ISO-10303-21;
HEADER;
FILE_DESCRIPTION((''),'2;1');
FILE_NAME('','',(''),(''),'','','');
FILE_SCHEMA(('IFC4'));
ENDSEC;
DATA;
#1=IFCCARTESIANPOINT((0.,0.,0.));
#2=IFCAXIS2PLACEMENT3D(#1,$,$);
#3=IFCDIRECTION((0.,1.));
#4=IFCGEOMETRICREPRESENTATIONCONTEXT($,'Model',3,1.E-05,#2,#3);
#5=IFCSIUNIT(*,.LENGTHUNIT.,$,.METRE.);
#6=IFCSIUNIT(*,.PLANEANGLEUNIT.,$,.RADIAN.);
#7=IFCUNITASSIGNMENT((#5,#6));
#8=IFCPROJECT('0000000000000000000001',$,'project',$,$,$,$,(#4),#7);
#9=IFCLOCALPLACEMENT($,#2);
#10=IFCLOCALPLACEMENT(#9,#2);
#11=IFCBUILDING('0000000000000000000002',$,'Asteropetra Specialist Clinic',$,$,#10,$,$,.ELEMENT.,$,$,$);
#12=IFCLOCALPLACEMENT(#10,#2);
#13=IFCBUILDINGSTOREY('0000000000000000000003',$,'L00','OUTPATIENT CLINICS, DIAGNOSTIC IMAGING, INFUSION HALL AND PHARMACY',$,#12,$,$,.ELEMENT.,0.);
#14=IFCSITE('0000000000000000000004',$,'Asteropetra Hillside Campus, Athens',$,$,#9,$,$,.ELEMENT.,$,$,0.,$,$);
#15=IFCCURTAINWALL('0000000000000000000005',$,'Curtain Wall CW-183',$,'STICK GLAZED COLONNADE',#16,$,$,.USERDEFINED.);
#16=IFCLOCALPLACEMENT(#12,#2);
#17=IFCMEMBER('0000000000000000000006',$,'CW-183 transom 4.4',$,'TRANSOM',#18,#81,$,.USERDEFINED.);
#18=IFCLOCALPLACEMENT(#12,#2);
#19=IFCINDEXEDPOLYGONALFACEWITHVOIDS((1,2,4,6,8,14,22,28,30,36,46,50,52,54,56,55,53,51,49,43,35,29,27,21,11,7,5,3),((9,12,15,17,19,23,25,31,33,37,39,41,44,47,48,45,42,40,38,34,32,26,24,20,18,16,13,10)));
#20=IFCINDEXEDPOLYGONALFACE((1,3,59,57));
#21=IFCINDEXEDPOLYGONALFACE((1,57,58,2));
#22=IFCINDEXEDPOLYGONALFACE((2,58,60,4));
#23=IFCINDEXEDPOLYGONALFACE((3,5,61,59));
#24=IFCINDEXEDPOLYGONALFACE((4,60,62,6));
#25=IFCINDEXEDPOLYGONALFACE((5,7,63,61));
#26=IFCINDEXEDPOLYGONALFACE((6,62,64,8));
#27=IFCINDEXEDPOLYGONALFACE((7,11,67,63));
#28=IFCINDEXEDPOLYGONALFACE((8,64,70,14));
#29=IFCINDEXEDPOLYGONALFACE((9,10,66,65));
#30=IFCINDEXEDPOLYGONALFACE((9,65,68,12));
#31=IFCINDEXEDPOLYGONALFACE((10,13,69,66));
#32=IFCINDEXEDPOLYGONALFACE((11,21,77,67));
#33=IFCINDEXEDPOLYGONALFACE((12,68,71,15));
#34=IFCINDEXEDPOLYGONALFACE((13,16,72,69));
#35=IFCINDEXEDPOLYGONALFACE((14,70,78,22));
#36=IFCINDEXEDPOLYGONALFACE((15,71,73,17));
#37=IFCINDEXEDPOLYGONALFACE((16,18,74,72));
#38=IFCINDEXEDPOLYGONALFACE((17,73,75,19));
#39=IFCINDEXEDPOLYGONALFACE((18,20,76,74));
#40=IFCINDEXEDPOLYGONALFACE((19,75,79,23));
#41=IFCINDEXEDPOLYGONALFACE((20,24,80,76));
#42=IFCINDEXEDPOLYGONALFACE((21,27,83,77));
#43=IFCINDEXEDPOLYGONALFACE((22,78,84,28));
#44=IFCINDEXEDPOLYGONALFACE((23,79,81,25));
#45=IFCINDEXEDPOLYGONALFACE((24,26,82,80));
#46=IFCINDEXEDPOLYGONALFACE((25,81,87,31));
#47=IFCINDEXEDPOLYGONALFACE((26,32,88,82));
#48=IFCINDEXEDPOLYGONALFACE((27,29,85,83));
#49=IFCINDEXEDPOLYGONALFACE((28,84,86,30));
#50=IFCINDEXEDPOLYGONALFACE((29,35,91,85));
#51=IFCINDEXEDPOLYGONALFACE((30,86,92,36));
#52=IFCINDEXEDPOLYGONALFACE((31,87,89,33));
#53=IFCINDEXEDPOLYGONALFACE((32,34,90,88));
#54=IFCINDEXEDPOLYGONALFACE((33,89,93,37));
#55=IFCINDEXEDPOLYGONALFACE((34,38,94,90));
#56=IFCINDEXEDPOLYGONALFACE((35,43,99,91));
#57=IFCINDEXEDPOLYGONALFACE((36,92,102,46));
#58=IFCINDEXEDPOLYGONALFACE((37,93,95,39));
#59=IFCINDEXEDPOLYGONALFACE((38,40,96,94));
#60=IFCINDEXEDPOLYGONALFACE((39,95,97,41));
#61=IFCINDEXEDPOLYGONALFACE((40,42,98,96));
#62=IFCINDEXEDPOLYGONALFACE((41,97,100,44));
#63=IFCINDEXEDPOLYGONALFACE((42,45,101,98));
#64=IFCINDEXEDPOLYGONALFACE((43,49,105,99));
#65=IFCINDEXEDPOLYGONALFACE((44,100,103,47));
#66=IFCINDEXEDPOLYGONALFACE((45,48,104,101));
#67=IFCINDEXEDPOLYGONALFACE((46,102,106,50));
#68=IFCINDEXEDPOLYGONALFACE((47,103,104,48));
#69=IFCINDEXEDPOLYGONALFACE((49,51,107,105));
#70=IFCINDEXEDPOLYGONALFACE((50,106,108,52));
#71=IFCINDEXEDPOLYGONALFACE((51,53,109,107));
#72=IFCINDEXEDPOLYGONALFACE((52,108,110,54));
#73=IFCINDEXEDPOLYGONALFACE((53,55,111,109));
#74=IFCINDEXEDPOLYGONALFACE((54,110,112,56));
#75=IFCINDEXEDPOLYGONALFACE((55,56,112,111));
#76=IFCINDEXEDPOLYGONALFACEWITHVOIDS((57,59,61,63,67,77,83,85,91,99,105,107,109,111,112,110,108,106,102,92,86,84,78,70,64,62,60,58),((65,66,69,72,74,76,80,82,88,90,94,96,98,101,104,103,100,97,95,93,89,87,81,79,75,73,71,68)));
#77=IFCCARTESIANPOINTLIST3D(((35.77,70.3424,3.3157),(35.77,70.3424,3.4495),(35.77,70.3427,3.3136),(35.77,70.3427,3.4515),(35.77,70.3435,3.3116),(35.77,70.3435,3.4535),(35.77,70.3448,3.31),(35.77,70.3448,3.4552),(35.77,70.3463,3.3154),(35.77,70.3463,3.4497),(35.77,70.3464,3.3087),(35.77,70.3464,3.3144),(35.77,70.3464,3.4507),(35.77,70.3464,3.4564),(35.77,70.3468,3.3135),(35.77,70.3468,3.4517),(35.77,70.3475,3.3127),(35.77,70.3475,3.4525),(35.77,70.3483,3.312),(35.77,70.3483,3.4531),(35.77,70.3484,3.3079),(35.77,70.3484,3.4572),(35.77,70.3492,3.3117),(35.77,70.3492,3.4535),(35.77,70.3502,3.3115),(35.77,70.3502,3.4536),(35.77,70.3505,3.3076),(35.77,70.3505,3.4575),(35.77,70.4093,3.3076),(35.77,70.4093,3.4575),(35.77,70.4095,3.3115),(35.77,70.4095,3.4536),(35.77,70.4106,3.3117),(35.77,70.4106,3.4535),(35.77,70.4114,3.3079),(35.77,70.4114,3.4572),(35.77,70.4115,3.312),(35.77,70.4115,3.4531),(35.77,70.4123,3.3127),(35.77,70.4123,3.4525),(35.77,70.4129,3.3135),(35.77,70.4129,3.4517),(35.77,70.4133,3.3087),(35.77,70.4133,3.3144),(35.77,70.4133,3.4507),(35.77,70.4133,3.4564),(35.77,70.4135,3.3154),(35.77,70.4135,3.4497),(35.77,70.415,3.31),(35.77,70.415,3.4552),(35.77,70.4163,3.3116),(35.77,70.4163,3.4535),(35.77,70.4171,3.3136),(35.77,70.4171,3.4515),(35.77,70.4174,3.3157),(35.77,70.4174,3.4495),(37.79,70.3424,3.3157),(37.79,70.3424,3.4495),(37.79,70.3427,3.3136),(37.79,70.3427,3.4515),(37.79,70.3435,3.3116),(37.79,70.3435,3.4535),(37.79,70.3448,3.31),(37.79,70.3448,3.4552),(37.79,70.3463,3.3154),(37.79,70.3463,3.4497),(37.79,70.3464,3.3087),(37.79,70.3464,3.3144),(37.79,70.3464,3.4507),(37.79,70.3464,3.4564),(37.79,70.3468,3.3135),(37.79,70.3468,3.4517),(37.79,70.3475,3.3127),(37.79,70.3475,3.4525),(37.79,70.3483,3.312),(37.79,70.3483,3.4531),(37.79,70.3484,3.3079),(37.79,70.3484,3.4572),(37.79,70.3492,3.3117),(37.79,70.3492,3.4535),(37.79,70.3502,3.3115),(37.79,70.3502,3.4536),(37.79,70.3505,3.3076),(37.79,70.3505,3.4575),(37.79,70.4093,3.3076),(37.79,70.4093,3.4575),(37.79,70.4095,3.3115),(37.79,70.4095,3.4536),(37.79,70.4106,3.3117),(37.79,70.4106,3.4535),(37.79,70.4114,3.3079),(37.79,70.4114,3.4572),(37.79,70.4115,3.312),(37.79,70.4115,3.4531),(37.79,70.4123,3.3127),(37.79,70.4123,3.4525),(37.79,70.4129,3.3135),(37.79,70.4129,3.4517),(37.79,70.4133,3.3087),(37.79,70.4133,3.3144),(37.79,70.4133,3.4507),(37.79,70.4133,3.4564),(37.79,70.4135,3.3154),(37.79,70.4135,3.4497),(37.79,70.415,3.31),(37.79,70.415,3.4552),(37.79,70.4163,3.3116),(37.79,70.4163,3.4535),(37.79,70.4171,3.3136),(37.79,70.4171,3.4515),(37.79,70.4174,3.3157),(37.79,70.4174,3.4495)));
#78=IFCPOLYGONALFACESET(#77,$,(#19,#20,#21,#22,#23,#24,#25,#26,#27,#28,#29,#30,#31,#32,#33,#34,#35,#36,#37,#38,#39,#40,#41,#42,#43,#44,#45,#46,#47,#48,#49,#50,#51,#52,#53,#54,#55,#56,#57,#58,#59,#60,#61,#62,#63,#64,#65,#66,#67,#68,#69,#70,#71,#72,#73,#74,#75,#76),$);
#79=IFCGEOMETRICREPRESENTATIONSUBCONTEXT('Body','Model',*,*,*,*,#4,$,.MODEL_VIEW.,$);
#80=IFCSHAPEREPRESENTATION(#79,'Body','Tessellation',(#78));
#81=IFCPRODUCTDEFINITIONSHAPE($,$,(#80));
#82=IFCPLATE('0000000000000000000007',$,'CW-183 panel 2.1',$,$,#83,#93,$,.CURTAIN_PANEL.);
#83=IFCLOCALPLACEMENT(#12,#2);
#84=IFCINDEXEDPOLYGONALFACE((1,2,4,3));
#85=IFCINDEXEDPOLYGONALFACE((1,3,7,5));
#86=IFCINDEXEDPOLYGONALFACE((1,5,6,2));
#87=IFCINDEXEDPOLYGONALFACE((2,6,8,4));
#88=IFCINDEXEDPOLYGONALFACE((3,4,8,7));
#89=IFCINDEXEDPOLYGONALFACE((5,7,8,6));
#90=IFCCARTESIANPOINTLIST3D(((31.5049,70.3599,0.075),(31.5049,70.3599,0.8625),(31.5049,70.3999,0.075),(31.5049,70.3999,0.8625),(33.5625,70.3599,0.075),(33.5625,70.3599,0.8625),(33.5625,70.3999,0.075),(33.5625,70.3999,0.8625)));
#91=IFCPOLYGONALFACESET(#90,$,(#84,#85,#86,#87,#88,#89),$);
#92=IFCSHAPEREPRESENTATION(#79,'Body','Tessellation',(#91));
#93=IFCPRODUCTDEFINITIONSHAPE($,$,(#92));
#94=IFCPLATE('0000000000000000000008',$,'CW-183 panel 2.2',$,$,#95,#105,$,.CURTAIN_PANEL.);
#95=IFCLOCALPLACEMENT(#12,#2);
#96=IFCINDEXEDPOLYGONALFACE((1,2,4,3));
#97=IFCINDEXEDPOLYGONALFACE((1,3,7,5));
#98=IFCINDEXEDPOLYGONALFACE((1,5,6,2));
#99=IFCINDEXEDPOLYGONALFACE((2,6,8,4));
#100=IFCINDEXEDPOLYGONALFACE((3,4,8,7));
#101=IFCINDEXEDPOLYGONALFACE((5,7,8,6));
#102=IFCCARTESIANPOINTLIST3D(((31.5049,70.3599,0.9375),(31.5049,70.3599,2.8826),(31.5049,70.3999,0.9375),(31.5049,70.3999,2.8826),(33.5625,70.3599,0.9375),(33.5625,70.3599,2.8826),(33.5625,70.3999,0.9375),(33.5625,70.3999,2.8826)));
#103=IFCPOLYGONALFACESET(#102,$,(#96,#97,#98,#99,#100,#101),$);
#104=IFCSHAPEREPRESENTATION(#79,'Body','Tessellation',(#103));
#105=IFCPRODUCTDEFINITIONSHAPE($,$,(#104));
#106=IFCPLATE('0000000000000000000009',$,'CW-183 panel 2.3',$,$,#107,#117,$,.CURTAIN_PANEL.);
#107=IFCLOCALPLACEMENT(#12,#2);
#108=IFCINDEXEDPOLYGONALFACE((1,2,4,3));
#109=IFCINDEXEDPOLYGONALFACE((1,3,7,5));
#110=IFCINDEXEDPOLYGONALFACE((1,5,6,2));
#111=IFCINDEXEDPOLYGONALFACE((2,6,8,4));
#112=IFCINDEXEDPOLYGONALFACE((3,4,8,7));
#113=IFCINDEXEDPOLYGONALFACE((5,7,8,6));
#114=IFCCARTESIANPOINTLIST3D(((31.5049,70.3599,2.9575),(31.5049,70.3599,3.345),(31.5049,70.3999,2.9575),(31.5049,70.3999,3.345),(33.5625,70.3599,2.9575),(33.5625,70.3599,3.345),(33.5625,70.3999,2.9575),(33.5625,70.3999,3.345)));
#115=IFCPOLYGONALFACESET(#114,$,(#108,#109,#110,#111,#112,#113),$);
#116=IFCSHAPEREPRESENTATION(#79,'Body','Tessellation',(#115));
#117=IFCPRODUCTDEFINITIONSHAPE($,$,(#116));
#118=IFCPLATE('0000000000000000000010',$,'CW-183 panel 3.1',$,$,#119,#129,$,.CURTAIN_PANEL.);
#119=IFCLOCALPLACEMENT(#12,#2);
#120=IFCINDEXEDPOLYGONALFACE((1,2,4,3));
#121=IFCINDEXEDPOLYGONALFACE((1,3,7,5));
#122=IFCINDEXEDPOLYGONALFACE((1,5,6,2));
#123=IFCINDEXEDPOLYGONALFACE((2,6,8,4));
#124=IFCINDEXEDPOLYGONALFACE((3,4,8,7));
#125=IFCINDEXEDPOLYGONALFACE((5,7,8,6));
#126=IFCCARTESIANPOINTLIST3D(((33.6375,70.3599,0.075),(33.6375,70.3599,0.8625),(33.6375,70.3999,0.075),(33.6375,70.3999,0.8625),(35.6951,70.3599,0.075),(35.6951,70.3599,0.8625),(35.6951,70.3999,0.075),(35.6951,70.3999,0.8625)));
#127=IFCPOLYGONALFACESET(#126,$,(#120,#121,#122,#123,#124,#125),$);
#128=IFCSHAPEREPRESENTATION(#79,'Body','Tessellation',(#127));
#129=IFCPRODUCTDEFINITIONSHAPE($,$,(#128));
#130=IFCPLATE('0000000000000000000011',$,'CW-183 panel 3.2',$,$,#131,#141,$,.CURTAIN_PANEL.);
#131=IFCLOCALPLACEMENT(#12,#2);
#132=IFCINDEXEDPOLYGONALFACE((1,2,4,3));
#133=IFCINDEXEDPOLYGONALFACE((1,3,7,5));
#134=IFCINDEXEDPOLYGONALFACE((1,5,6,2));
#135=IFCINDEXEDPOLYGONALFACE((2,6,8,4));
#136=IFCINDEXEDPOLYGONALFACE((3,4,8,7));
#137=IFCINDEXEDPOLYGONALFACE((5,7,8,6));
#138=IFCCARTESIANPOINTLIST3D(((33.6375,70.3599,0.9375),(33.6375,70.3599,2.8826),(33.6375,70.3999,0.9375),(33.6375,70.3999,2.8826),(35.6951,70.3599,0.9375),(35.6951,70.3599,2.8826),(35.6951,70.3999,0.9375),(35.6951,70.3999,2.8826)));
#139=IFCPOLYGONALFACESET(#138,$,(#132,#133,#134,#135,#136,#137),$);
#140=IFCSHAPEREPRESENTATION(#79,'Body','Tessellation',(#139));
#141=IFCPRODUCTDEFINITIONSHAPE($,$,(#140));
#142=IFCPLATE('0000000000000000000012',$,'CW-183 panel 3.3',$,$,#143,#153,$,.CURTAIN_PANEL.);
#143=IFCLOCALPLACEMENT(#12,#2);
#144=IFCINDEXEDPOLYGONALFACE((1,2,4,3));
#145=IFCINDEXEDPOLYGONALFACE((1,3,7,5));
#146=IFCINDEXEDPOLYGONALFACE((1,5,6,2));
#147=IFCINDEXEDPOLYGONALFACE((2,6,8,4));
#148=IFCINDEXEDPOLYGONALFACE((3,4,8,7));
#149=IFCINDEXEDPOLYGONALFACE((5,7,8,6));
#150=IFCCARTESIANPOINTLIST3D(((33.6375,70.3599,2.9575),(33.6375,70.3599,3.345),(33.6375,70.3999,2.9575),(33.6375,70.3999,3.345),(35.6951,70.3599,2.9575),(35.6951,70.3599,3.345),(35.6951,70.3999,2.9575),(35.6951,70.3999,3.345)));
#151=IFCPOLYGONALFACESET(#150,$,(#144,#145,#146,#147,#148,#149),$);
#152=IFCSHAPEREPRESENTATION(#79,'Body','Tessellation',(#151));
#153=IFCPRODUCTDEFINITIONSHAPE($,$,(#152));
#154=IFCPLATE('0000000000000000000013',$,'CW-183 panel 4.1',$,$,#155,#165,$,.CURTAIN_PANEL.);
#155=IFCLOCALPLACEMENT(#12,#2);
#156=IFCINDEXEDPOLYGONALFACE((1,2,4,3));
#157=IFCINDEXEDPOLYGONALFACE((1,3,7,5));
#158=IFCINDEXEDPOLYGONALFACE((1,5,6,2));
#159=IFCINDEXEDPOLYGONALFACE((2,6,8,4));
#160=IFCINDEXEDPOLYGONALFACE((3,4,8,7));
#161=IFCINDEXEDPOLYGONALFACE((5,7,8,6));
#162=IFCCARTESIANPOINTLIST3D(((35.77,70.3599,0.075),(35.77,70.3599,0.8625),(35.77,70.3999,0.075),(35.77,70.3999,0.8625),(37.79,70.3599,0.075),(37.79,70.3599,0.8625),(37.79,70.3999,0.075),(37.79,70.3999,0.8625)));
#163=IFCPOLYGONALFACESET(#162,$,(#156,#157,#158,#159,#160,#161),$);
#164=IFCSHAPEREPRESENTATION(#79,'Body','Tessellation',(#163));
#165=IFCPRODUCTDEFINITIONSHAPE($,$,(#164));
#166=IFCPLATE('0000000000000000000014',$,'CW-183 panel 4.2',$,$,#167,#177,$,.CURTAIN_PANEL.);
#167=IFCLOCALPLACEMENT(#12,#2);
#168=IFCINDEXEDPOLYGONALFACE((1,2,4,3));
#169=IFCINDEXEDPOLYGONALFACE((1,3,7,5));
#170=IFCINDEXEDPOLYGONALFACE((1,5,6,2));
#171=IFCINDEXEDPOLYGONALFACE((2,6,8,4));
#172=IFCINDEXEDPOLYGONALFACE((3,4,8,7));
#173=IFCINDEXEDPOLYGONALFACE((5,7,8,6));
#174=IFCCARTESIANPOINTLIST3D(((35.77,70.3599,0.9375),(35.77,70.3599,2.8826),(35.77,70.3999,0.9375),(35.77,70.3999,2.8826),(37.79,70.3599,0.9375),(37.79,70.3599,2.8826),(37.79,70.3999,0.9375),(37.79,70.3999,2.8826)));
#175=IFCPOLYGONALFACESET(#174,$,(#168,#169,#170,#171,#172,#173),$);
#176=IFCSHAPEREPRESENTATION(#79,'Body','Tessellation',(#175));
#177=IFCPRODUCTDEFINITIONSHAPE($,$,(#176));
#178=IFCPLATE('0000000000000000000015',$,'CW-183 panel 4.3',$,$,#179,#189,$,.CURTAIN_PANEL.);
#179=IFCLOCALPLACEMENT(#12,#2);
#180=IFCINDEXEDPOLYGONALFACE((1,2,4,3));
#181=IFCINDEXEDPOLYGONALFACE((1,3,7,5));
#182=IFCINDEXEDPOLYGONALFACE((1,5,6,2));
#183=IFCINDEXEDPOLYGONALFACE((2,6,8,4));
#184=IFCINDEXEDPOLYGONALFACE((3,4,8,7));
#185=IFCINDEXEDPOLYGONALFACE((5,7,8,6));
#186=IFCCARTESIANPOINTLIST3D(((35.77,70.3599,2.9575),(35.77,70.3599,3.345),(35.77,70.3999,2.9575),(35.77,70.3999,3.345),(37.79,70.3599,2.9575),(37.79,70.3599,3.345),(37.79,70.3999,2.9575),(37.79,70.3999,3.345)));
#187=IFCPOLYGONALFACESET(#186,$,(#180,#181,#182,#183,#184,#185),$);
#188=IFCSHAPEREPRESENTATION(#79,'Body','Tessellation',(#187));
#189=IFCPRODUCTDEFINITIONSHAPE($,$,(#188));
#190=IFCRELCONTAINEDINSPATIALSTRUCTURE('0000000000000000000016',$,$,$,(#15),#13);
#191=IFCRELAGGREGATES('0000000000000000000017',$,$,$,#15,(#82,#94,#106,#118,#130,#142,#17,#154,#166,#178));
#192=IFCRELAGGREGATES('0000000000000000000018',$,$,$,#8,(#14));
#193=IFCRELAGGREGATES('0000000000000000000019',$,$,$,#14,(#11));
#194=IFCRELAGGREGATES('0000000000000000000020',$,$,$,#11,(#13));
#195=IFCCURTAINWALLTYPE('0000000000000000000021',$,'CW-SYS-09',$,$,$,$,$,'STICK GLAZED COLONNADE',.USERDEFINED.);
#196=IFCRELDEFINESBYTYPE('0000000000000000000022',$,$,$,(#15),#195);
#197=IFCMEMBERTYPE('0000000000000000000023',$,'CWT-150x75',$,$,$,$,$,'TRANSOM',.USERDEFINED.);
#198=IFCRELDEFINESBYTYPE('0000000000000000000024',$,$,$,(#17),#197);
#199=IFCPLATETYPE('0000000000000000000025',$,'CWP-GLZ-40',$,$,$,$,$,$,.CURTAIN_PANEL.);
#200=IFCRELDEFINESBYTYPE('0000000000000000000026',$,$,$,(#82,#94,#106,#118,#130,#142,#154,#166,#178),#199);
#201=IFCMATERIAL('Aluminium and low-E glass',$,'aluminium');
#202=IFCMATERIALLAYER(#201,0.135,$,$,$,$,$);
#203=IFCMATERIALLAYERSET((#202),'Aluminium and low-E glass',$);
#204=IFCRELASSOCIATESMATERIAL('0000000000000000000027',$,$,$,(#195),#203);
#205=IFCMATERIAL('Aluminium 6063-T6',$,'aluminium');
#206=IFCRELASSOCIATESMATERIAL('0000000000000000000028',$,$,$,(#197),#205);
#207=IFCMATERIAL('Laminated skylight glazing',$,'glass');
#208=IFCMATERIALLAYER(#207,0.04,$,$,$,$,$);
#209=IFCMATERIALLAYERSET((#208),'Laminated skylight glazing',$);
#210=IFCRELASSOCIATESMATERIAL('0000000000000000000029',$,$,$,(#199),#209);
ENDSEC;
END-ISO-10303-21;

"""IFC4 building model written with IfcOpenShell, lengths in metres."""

from ifc_helpers import new_model, si_unit, direction, frame, origin, origin_2d, place, context, subcontext, project, spatial, rectangle, hollow_rectangle, extrude, material, layer, layer_set, material_profile, profile_set, type_object, element, aggregate, save


model = new_model("IFC4")

# Units and contexts
model_context = context("Model", 3, precision=1e-05, world=origin(), true_north=direction((0.0, 1.0)))
body_context = subcontext(model_context, "Body", "Model", "MODEL_VIEW")
ifc_project = project(units=[si_unit("LENGTHUNIT", "METRE"), si_unit("PLANEANGLEUNIT", "RADIAN")], contexts=[model_context])

# Site, building, storey
site_placement = place(None, origin())
site = spatial("IfcSite", under=ifc_project, at=site_placement, Name="Asteropetra Hillside Campus, Athens", CompositionType="ELEMENT", RefElevation=0.0)
building_placement = place(site_placement, origin())
building = spatial("IfcBuilding", under=site, at=building_placement, Name="Asteropetra Specialist Clinic", CompositionType="ELEMENT")
storey_placement = place(building_placement, origin())
storey = spatial("IfcBuildingStorey", under=building, at=storey_placement, Name="L00", Description="OUTPATIENT CLINICS, DIAGNOSTIC IMAGING, INFUSION HALL AND PHARMACY", CompositionType="ELEMENT", Elevation=0.0)

# Curtain wall, member, plates
ifc_material_1 = material(Name="Aluminium and low-E glass", Category="aluminium")
ifc_layer_1 = layer(ifc_material_1, 0.135)
ifc_layer_set_1 = layer_set([ifc_layer_1], Name="Aluminium and low-E glass")
curtain_wall_type = type_object("IfcCurtainWallType", Name="CW-SYS-09", ElementType="STICK GLAZED COLONNADE", PredefinedType="USERDEFINED", material=ifc_layer_set_1)
curtain_wall_placement = place(storey_placement, origin())
curtain_wall = element("IfcCurtainWall", 1, at=curtain_wall_placement, inside=storey, type_object=curtain_wall_type, Name="Curtain Wall CW-183", ObjectType="STICK GLAZED COLONNADE", PredefinedType="USERDEFINED")
ifc_material_2 = material(Name="Aluminium 6063-T6", Category="aluminium")
ifc_material_profile_1 = material_profile(ifc_material_2, hollow_rectangle(XDim=0.075, YDim=0.1499, WallThickness=0.0039, InnerFilletRadius=0.0039, OuterFilletRadius=0.0081, at=origin_2d()), Name="TRN 150x75x4.0")
ifc_profile_set_1 = profile_set([ifc_material_profile_1], Name="Aluminium 6063-T6")
member_type_1 = type_object("IfcMemberType", Name="CWT-150x75", ElementType="TRANSOM", PredefinedType="USERDEFINED", material=ifc_profile_set_1)
member_1_placement = place(storey_placement, frame((35.77, 70.3799, 3.3826), z_axis=(1.0, 0.0, 0.0), x_axis=(0.0, 1.0, 0.0)))
member_1 = element("IfcMember", 2, at=member_1_placement, type_object=member_type_1, Name="CW-183 transom 4.4", ObjectType="TRANSOM", PredefinedType="USERDEFINED", context=body_context, shape_type="SweptSolid", body=[
    extrude(hollow_rectangle(XDim=0.075, YDim=0.1499, WallThickness=0.0039, InnerFilletRadius=0.0039, OuterFilletRadius=0.0081, at=origin_2d()), origin(), (0.0, 0.0, 1.0), 2.02),
])
ifc_material_3 = material(Name="Laminated skylight glazing", Category="glass")
ifc_layer_2 = layer(ifc_material_3, 0.04)
ifc_layer_set_2 = layer_set([ifc_layer_2], Name="Laminated skylight glazing")
plate_type = type_object("IfcPlateType", Name="CWP-GLZ-40", PredefinedType="CURTAIN_PANEL", material=ifc_layer_set_2)
plate_1_placement = place(storey_placement, frame((32.5337, 70.3799, 0.075), z_axis=(0.0, 0.0, 1.0), x_axis=(1.0, 0.0, 0.0)))
plate_1 = element("IfcPlate", 3, at=plate_1_placement, type_object=plate_type, Name="CW-183 panel 2.1", PredefinedType="CURTAIN_PANEL", context=body_context, shape_type="SweptSolid", body=[
    extrude(rectangle(XDim=2.0576, YDim=0.04, at=origin_2d()), origin(), (0.0, 0.0, 1.0), 0.7876),
])
plate_2_placement = place(storey_placement, frame((32.5337, 70.3799, 0.9375), z_axis=(0.0, 0.0, 1.0), x_axis=(1.0, 0.0, 0.0)))
plate_2 = element("IfcPlate", 4, at=plate_2_placement, type_object=plate_type, Name="CW-183 panel 2.2", PredefinedType="CURTAIN_PANEL", context=body_context, shape_type="SweptSolid", body=[
    extrude(rectangle(XDim=2.0576, YDim=0.04, at=origin_2d()), origin(), (0.0, 0.0, 1.0), 1.9451),
])
plate_3_placement = place(storey_placement, frame((32.5337, 70.3799, 2.9575), z_axis=(0.0, 0.0, 1.0), x_axis=(1.0, 0.0, 0.0)))
plate_3 = element("IfcPlate", 5, at=plate_3_placement, type_object=plate_type, Name="CW-183 panel 2.3", PredefinedType="CURTAIN_PANEL", context=body_context, shape_type="SweptSolid", body=[
    extrude(rectangle(XDim=2.0576, YDim=0.04, at=origin_2d()), origin(), (0.0, 0.0, 1.0), 0.3875),
])
plate_4_placement = place(storey_placement, frame((34.6663, 70.3799, 0.075), z_axis=(0.0, 0.0, 1.0), x_axis=(1.0, 0.0, 0.0)))
plate_4 = element("IfcPlate", 6, at=plate_4_placement, type_object=plate_type, Name="CW-183 panel 3.1", PredefinedType="CURTAIN_PANEL", context=body_context, shape_type="SweptSolid", body=[
    extrude(rectangle(XDim=2.0576, YDim=0.04, at=origin_2d()), origin(), (0.0, 0.0, 1.0), 0.7876),
])
plate_5_placement = place(storey_placement, frame((34.6663, 70.3799, 0.9375), z_axis=(0.0, 0.0, 1.0), x_axis=(1.0, 0.0, 0.0)))
plate_5 = element("IfcPlate", 7, at=plate_5_placement, type_object=plate_type, Name="CW-183 panel 3.2", PredefinedType="CURTAIN_PANEL", context=body_context, shape_type="SweptSolid", body=[
    extrude(rectangle(XDim=2.0576, YDim=0.04, at=origin_2d()), origin(), (0.0, 0.0, 1.0), 1.9451),
])
plate_6_placement = place(storey_placement, frame((34.6663, 70.3799, 2.9575), z_axis=(0.0, 0.0, 1.0), x_axis=(1.0, 0.0, 0.0)))
plate_6 = element("IfcPlate", 8, at=plate_6_placement, type_object=plate_type, Name="CW-183 panel 3.3", PredefinedType="CURTAIN_PANEL", context=body_context, shape_type="SweptSolid", body=[
    extrude(rectangle(XDim=2.0576, YDim=0.04, at=origin_2d()), origin(), (0.0, 0.0, 1.0), 0.3875),
])
plate_7_placement = place(storey_placement, frame((36.78, 70.3799, 0.075), z_axis=(0.0, 0.0, 1.0), x_axis=(1.0, 0.0, 0.0)))
plate_7 = element("IfcPlate", 9, at=plate_7_placement, type_object=plate_type, Name="CW-183 panel 4.1", PredefinedType="CURTAIN_PANEL", context=body_context, shape_type="SweptSolid", body=[
    extrude(rectangle(XDim=2.02, YDim=0.04, at=origin_2d()), origin(), (0.0, 0.0, 1.0), 0.7876),
])
plate_8_placement = place(storey_placement, frame((36.78, 70.3799, 0.9375), z_axis=(0.0, 0.0, 1.0), x_axis=(1.0, 0.0, 0.0)))
plate_8 = element("IfcPlate", 10, at=plate_8_placement, type_object=plate_type, Name="CW-183 panel 4.2", PredefinedType="CURTAIN_PANEL", context=body_context, shape_type="SweptSolid", body=[
    extrude(rectangle(XDim=2.02, YDim=0.04, at=origin_2d()), origin(), (0.0, 0.0, 1.0), 1.9451),
])
plate_9_placement = place(storey_placement, frame((36.78, 70.3799, 2.9575), z_axis=(0.0, 0.0, 1.0), x_axis=(1.0, 0.0, 0.0)))
plate_9 = element("IfcPlate", 11, at=plate_9_placement, type_object=plate_type, Name="CW-183 panel 4.3", PredefinedType="CURTAIN_PANEL", context=body_context, shape_type="SweptSolid", body=[
    extrude(rectangle(XDim=2.02, YDim=0.04, at=origin_2d()), origin(), (0.0, 0.0, 1.0), 0.3875),
])
aggregate(curtain_wall, [plate_1, plate_2, plate_3, plate_4, plate_5, plate_6, member_1, plate_7, plate_8, plate_9])

save(model, "model.ifc")
